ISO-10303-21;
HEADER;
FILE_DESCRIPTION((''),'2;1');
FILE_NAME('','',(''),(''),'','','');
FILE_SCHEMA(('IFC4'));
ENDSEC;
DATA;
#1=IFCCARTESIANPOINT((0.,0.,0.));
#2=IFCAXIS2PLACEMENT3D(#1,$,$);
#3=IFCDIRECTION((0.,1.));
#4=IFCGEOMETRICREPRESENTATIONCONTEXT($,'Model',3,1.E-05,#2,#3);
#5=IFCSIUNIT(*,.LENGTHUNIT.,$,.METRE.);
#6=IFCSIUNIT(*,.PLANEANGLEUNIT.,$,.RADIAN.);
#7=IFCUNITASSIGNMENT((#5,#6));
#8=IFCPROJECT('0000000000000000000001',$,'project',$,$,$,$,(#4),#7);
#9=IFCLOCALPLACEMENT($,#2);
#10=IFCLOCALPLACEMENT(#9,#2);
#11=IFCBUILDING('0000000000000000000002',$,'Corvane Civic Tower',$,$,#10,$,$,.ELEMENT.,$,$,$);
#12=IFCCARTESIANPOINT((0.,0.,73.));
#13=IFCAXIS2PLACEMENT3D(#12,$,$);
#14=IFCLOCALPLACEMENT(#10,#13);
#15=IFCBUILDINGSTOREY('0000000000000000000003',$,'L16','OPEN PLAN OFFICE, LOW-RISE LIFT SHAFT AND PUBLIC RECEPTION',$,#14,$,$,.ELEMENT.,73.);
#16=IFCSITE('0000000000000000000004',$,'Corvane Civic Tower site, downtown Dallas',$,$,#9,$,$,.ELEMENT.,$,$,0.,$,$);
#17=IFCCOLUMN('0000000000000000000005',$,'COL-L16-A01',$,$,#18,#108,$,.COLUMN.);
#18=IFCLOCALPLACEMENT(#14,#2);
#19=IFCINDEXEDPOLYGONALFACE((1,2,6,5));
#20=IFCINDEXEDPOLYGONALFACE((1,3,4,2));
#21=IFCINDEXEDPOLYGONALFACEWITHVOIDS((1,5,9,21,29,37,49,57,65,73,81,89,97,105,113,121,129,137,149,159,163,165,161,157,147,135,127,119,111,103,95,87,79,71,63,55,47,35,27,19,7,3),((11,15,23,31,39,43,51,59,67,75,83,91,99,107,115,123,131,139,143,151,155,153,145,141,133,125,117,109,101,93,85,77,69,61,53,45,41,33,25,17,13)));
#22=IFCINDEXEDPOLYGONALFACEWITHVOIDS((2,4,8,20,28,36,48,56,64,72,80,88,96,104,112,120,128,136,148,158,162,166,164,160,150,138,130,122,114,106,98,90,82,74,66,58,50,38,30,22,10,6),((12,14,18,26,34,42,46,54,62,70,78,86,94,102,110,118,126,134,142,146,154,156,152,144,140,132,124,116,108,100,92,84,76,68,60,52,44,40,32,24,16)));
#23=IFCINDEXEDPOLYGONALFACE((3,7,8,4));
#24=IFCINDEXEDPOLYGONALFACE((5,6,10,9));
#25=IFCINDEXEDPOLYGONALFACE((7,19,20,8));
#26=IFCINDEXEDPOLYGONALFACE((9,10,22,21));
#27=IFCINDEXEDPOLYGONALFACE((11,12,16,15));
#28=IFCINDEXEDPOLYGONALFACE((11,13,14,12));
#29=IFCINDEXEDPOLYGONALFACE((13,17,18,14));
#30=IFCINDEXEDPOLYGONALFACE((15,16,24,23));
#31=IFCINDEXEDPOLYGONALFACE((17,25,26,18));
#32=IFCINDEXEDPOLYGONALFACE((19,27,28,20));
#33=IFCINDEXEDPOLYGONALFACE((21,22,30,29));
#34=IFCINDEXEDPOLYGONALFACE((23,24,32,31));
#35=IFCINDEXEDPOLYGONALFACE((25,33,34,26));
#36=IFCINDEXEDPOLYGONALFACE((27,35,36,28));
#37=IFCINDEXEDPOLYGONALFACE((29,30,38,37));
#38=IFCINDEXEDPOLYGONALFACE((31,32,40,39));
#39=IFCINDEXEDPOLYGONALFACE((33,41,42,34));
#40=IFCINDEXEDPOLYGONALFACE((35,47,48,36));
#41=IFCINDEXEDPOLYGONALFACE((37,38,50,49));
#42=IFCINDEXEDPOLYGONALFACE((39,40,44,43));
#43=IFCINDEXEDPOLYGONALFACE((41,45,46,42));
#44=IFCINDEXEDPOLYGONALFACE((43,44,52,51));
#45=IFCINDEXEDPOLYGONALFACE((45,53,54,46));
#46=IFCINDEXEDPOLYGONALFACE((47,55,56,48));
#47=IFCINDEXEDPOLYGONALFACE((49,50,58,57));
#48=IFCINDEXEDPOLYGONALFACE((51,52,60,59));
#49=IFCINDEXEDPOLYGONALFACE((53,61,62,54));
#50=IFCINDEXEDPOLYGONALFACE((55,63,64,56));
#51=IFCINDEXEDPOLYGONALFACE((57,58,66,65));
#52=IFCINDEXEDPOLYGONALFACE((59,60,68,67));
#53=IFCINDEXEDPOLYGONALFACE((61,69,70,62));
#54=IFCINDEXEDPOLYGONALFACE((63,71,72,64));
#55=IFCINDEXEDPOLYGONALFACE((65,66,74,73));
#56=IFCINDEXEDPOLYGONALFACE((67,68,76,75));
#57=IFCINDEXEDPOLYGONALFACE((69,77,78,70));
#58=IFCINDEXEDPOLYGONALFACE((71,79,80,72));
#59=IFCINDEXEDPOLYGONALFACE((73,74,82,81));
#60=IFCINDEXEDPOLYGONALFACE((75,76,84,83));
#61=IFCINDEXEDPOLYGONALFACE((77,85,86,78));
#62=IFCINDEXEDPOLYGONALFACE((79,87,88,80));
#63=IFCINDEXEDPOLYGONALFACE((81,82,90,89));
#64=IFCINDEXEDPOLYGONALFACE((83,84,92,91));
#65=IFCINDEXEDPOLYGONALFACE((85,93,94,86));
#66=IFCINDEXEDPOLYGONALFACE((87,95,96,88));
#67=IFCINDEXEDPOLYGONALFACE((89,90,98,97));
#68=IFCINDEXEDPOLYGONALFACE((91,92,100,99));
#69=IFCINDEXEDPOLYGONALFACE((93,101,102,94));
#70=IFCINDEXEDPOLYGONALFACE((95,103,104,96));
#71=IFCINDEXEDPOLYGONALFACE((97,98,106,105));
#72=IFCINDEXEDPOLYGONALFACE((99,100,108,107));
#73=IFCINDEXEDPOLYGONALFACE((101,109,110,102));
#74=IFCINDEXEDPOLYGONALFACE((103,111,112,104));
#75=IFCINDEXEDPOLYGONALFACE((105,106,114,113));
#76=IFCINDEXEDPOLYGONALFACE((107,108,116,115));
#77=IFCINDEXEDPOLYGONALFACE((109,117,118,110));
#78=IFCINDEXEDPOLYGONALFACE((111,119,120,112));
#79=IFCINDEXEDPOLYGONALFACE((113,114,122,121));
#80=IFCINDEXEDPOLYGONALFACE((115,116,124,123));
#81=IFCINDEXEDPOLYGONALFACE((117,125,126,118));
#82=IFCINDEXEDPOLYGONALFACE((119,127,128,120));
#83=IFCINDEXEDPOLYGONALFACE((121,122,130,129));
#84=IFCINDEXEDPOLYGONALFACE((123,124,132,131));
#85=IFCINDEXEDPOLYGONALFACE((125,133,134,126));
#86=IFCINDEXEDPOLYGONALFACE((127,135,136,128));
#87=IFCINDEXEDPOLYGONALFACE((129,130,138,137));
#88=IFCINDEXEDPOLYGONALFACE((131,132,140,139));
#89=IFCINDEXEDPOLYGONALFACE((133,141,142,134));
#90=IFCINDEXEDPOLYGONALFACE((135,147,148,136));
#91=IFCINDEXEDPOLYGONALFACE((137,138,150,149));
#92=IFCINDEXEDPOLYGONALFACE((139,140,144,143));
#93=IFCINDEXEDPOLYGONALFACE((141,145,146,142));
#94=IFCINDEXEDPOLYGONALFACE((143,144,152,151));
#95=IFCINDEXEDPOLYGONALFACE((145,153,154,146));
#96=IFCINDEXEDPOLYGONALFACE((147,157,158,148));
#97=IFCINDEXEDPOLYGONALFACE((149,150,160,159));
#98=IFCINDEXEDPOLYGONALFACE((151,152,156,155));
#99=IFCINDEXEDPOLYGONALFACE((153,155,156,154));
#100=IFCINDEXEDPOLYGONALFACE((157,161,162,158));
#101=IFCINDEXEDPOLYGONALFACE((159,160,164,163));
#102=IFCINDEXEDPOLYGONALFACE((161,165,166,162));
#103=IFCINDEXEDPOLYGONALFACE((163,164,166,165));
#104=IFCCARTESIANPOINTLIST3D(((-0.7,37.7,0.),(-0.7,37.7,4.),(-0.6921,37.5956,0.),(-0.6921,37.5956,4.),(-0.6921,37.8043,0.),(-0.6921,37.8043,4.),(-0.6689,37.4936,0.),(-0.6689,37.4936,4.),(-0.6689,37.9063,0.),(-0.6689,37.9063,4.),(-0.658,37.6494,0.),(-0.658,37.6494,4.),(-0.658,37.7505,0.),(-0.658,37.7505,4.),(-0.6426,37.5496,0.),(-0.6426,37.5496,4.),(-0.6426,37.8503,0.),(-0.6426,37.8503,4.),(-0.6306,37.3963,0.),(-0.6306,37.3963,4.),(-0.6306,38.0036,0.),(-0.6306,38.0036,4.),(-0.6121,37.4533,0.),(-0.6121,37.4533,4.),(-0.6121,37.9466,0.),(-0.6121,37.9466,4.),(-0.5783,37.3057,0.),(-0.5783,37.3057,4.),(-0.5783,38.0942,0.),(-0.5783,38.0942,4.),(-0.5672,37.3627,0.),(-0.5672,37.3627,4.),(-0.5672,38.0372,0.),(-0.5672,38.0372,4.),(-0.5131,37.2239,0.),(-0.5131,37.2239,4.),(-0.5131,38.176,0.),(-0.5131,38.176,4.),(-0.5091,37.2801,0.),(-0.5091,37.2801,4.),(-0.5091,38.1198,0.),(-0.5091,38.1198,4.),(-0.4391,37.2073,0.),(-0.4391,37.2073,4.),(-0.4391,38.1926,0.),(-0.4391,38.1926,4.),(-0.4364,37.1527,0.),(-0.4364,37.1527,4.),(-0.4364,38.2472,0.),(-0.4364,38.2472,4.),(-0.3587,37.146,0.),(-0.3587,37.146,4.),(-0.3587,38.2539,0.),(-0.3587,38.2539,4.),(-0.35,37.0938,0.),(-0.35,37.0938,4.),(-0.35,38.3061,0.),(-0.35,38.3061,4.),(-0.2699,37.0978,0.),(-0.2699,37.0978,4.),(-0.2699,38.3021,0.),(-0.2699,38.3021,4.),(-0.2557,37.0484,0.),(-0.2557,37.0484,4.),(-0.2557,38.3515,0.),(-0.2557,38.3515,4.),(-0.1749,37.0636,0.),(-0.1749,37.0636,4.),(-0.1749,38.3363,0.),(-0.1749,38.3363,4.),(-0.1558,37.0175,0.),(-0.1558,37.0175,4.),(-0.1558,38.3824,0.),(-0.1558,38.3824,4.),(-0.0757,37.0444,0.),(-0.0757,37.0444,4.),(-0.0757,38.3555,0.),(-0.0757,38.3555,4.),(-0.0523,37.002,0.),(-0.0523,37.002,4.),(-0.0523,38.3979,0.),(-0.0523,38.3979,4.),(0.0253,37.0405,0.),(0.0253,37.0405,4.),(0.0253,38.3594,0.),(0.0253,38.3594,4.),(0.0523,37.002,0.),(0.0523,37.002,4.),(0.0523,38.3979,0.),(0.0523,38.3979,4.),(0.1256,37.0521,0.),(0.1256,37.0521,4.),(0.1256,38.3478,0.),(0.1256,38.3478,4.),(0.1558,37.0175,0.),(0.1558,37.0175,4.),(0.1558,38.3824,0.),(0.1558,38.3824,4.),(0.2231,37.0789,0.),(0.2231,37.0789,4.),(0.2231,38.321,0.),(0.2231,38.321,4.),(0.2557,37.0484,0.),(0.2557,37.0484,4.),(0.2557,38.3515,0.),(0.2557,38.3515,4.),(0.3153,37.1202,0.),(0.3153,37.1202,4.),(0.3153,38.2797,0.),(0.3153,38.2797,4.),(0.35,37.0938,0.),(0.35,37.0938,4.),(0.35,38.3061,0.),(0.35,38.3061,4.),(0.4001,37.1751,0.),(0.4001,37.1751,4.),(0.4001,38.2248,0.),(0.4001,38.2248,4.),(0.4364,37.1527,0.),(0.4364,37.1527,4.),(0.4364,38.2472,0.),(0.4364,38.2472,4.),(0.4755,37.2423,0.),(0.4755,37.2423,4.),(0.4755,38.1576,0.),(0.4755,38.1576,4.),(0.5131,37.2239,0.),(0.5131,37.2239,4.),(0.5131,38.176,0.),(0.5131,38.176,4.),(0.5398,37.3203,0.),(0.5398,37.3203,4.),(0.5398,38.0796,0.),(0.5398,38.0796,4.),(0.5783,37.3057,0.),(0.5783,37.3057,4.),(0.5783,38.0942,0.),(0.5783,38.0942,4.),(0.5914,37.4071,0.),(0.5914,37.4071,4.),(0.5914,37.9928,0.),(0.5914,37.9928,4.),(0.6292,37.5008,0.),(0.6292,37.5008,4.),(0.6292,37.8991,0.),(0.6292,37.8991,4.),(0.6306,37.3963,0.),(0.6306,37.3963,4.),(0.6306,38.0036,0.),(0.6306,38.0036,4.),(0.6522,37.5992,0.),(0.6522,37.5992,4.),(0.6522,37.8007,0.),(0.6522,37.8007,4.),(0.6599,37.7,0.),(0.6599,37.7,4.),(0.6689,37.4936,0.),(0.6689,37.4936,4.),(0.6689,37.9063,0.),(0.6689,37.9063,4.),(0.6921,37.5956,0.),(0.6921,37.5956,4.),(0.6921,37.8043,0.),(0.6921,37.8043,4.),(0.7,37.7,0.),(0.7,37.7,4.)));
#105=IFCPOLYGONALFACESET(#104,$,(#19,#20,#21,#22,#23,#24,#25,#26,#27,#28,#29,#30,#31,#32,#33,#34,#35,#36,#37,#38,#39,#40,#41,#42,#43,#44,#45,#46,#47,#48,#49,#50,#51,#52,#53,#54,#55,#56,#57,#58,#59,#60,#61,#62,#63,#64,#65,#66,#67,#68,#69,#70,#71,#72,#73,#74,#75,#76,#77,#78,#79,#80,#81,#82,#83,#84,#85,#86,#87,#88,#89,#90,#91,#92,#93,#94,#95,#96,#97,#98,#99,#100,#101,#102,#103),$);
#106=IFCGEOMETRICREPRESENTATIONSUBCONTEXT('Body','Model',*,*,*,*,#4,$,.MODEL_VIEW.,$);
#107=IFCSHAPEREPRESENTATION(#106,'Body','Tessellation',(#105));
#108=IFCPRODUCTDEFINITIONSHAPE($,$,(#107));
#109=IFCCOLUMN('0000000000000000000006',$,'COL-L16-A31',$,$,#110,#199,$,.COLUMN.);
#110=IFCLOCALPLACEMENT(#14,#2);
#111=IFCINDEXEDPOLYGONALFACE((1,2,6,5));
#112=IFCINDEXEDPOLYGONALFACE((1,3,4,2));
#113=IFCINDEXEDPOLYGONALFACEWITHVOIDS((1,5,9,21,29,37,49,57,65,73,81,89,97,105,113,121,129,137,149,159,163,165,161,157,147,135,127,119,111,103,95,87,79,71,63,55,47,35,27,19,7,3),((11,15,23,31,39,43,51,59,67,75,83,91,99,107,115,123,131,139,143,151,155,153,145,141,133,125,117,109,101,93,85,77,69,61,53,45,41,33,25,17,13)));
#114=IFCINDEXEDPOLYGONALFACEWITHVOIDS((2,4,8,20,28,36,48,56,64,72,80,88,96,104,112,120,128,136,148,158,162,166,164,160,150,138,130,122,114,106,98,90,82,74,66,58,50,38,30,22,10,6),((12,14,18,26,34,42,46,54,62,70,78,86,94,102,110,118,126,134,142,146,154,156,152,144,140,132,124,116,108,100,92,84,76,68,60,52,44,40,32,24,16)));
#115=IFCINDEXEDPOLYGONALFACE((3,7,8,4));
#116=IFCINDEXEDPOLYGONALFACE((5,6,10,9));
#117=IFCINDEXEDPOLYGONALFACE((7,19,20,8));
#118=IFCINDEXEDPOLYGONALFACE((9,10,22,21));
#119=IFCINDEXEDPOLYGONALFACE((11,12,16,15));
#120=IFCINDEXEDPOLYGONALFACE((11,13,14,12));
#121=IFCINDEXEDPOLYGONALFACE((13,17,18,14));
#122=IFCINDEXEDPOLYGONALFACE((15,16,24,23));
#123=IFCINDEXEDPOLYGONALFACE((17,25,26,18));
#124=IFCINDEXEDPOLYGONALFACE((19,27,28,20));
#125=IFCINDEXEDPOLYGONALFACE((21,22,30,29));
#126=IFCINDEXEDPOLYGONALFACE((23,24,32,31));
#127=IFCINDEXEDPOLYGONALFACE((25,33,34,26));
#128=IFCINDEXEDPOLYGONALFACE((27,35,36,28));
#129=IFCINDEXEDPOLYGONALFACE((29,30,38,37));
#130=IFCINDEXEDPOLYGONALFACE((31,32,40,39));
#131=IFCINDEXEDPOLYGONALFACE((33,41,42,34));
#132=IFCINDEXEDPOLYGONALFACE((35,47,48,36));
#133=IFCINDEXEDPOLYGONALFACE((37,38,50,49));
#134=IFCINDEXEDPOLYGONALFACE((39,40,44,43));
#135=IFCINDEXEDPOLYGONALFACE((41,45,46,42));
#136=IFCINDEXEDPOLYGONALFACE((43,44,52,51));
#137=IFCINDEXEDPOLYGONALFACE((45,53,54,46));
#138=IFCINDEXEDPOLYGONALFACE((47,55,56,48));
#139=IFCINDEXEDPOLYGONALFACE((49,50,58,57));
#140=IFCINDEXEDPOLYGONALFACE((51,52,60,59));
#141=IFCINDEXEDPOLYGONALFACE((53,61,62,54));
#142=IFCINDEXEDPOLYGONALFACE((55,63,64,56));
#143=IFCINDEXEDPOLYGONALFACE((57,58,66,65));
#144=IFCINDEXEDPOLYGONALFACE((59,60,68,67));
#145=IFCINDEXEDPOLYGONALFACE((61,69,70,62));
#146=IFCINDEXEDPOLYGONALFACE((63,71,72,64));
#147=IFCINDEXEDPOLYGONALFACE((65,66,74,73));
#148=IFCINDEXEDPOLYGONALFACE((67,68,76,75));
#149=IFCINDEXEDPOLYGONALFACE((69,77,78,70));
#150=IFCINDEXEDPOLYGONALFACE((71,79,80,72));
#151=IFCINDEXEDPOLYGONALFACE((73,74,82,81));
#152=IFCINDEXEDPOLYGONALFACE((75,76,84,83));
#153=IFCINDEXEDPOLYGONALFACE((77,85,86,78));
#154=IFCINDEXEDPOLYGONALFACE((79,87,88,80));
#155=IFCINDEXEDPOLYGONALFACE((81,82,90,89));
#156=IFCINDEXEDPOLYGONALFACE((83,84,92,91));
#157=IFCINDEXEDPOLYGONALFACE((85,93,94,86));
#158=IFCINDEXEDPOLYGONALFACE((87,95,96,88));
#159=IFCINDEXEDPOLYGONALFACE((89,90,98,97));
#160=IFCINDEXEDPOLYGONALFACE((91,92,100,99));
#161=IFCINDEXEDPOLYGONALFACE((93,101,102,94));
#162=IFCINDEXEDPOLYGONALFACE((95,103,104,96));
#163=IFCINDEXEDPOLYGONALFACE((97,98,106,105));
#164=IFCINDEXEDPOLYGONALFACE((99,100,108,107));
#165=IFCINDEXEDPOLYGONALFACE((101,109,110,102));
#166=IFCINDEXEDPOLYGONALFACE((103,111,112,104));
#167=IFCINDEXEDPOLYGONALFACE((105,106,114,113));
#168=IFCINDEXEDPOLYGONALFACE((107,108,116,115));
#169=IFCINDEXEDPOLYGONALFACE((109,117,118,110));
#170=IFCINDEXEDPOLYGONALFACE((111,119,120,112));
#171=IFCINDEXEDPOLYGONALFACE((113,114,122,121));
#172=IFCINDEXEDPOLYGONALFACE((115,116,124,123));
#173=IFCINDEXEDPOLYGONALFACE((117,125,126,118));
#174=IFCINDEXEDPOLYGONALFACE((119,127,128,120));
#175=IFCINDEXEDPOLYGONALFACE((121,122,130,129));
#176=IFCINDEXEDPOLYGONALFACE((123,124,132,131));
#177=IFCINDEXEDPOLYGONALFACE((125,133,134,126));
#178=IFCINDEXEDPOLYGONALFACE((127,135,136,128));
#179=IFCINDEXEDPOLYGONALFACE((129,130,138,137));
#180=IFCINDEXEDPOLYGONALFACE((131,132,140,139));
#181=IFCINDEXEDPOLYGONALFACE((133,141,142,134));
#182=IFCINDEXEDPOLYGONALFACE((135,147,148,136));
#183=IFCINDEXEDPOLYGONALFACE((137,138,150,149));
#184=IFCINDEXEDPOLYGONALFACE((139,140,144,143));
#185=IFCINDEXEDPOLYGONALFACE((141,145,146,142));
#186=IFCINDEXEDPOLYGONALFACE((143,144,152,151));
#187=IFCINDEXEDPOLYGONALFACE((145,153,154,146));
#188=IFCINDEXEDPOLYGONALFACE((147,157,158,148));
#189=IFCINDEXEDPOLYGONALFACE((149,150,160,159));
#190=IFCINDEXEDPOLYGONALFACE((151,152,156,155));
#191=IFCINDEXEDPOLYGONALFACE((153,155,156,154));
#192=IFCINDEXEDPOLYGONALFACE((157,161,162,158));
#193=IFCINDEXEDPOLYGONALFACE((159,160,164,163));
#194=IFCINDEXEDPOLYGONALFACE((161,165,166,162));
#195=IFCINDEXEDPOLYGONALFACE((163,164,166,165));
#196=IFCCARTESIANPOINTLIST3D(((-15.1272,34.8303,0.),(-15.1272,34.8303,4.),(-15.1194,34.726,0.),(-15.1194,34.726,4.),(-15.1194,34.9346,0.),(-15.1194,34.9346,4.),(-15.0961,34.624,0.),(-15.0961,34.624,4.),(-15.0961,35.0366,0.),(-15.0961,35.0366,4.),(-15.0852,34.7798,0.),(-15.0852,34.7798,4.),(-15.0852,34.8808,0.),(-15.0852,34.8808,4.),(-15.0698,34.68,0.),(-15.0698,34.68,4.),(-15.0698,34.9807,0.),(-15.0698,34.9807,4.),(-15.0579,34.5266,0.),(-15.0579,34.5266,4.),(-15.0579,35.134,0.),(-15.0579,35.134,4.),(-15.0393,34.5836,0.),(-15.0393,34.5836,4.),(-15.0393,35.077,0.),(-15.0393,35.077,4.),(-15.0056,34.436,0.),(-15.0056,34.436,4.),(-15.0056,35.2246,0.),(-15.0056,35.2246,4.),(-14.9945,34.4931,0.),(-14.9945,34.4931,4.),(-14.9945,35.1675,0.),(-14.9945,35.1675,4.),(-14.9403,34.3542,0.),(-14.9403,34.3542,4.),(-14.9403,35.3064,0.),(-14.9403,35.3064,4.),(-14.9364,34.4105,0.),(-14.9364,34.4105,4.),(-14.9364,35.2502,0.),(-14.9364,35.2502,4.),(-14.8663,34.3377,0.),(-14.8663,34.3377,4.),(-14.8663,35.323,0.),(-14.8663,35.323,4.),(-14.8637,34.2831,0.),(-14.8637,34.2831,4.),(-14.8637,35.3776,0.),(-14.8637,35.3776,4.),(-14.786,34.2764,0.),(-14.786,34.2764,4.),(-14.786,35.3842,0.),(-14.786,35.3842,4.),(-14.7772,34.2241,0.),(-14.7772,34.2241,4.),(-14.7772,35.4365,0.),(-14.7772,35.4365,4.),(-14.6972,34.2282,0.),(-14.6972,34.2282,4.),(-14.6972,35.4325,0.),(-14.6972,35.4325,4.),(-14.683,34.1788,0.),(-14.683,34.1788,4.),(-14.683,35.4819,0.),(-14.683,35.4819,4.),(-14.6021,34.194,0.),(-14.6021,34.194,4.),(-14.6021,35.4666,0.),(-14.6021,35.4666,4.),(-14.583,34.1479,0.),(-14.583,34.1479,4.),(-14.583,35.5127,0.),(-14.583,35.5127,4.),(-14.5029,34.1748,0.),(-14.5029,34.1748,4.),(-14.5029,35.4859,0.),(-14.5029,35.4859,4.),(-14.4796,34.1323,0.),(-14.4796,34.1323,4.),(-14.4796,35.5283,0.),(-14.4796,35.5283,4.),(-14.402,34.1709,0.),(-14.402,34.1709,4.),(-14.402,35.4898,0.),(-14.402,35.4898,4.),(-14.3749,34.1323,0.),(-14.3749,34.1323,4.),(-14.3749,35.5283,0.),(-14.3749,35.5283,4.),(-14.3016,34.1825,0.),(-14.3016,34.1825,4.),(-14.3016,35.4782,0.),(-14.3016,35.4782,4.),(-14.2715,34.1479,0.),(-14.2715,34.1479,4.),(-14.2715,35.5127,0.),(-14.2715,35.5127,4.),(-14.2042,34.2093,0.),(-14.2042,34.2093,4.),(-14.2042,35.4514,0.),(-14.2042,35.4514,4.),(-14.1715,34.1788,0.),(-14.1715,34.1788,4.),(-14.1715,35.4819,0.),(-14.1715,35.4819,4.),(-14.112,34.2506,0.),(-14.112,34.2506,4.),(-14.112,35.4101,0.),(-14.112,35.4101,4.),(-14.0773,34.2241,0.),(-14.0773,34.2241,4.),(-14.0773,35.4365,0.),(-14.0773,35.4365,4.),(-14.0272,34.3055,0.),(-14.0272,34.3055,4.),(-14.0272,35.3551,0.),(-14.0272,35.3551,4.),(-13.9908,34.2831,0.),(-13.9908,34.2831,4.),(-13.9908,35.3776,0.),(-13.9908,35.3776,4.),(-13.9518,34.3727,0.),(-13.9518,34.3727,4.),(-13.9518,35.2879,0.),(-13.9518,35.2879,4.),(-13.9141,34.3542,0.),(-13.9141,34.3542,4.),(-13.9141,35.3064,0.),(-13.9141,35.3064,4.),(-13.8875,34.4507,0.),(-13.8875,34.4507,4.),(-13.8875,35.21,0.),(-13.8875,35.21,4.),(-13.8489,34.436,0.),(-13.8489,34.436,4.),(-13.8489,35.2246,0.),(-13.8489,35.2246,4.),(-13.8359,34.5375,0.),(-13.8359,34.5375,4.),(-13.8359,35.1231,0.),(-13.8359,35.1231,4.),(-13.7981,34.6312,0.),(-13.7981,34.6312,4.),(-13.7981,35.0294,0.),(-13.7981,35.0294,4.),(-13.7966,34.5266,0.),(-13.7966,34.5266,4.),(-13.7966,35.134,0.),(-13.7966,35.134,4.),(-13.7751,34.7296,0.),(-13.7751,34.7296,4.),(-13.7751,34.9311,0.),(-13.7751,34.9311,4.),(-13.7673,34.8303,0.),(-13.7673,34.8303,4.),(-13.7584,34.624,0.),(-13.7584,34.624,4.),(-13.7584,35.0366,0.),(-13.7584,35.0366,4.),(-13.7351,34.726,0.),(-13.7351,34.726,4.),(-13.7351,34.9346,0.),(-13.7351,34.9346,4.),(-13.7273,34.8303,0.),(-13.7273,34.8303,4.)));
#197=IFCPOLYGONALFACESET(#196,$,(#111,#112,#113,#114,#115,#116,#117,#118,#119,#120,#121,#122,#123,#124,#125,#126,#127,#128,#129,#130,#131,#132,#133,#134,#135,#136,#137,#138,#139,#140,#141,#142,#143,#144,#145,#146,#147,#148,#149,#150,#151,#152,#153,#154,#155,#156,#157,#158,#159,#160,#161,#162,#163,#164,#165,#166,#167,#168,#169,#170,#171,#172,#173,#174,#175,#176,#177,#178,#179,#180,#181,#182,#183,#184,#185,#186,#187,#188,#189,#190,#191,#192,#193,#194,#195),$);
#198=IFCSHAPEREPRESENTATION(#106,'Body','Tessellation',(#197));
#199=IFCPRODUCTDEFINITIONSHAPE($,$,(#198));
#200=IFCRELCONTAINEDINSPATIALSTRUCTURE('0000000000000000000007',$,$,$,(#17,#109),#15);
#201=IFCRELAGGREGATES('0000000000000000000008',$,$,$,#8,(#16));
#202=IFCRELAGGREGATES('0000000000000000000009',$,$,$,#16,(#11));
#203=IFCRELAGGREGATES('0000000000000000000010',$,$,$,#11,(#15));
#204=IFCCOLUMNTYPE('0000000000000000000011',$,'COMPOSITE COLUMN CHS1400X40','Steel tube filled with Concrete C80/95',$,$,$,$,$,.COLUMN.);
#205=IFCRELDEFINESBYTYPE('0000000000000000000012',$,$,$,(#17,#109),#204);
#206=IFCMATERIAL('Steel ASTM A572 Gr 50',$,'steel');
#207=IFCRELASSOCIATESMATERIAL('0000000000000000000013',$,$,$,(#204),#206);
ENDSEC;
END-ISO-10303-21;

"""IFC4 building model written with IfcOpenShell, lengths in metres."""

from ifc_helpers import new_model, si_unit, direction, frame, origin, origin_2d, place, context, subcontext, project, spatial, hollow_circle, extrude, material, material_profile, profile_set, type_object, element, save


model = new_model("IFC4")

# Units and contexts
model_context = context("Model", 3, precision=1e-05, world=origin(), true_north=direction((0.0, 1.0)))
body_context = subcontext(model_context, "Body", "Model", "MODEL_VIEW")
ifc_project = project(units=[si_unit("LENGTHUNIT", "METRE"), si_unit("PLANEANGLEUNIT", "RADIAN")], contexts=[model_context])

# Site, building, storey
site_placement = place(None, origin())
site = spatial("IfcSite", under=ifc_project, at=site_placement, Name="Corvane Civic Tower site, downtown Dallas", CompositionType="ELEMENT", RefElevation=0.0)
building_placement = place(site_placement, origin())
building = spatial("IfcBuilding", under=site, at=building_placement, Name="Corvane Civic Tower", CompositionType="ELEMENT")
storey_placement = place(building_placement, frame((0.0, 0.0, 73.0)))
storey = spatial("IfcBuildingStorey", under=building, at=storey_placement, Name="L16", Description="OPEN PLAN OFFICE, LOW-RISE LIFT SHAFT AND PUBLIC RECEPTION", CompositionType="ELEMENT", Elevation=73.0)

# Columns
ifc_material_1 = material(Name="Steel ASTM A572 Gr 50", Category="steel")
ifc_material_profile_1 = material_profile(ifc_material_1, hollow_circle(Radius=0.7, WallThickness=0.04, at=origin_2d()), Name="CHS1400X40")
ifc_profile_set_1 = profile_set([ifc_material_profile_1], Name="Steel ASTM A572 Gr 50")
column_type = type_object("IfcColumnType", Name="COMPOSITE COLUMN CHS1400X40", Description="Steel tube filled with Concrete C80/95", PredefinedType="COLUMN", material=ifc_profile_set_1)
for number, where, z_axis, x_axis, name in (
    (1, (0.0, 37.7, 0.0), (0.0, 0.0, 1.0), (1.0, 0.0, 0.0), "COL-L16-A01"),
    (2, (-14.4272, 34.8303, 0.0), (0.0, 0.0, 1.0), (1.0, 0.0, 0.0), "COL-L16-A31"),
):
    element("IfcColumn", number, at=place(storey_placement, frame(where, z_axis=z_axis, x_axis=x_axis)), inside=storey, type_object=column_type, Name=name, PredefinedType="COLUMN", context=body_context, shape_type="SweptSolid", body=[
        extrude(hollow_circle(Radius=0.7, WallThickness=0.04, at=origin_2d()), origin(), (0.0, 0.0, 1.0), 4.0),
    ])

save(model, "model.ifc")
